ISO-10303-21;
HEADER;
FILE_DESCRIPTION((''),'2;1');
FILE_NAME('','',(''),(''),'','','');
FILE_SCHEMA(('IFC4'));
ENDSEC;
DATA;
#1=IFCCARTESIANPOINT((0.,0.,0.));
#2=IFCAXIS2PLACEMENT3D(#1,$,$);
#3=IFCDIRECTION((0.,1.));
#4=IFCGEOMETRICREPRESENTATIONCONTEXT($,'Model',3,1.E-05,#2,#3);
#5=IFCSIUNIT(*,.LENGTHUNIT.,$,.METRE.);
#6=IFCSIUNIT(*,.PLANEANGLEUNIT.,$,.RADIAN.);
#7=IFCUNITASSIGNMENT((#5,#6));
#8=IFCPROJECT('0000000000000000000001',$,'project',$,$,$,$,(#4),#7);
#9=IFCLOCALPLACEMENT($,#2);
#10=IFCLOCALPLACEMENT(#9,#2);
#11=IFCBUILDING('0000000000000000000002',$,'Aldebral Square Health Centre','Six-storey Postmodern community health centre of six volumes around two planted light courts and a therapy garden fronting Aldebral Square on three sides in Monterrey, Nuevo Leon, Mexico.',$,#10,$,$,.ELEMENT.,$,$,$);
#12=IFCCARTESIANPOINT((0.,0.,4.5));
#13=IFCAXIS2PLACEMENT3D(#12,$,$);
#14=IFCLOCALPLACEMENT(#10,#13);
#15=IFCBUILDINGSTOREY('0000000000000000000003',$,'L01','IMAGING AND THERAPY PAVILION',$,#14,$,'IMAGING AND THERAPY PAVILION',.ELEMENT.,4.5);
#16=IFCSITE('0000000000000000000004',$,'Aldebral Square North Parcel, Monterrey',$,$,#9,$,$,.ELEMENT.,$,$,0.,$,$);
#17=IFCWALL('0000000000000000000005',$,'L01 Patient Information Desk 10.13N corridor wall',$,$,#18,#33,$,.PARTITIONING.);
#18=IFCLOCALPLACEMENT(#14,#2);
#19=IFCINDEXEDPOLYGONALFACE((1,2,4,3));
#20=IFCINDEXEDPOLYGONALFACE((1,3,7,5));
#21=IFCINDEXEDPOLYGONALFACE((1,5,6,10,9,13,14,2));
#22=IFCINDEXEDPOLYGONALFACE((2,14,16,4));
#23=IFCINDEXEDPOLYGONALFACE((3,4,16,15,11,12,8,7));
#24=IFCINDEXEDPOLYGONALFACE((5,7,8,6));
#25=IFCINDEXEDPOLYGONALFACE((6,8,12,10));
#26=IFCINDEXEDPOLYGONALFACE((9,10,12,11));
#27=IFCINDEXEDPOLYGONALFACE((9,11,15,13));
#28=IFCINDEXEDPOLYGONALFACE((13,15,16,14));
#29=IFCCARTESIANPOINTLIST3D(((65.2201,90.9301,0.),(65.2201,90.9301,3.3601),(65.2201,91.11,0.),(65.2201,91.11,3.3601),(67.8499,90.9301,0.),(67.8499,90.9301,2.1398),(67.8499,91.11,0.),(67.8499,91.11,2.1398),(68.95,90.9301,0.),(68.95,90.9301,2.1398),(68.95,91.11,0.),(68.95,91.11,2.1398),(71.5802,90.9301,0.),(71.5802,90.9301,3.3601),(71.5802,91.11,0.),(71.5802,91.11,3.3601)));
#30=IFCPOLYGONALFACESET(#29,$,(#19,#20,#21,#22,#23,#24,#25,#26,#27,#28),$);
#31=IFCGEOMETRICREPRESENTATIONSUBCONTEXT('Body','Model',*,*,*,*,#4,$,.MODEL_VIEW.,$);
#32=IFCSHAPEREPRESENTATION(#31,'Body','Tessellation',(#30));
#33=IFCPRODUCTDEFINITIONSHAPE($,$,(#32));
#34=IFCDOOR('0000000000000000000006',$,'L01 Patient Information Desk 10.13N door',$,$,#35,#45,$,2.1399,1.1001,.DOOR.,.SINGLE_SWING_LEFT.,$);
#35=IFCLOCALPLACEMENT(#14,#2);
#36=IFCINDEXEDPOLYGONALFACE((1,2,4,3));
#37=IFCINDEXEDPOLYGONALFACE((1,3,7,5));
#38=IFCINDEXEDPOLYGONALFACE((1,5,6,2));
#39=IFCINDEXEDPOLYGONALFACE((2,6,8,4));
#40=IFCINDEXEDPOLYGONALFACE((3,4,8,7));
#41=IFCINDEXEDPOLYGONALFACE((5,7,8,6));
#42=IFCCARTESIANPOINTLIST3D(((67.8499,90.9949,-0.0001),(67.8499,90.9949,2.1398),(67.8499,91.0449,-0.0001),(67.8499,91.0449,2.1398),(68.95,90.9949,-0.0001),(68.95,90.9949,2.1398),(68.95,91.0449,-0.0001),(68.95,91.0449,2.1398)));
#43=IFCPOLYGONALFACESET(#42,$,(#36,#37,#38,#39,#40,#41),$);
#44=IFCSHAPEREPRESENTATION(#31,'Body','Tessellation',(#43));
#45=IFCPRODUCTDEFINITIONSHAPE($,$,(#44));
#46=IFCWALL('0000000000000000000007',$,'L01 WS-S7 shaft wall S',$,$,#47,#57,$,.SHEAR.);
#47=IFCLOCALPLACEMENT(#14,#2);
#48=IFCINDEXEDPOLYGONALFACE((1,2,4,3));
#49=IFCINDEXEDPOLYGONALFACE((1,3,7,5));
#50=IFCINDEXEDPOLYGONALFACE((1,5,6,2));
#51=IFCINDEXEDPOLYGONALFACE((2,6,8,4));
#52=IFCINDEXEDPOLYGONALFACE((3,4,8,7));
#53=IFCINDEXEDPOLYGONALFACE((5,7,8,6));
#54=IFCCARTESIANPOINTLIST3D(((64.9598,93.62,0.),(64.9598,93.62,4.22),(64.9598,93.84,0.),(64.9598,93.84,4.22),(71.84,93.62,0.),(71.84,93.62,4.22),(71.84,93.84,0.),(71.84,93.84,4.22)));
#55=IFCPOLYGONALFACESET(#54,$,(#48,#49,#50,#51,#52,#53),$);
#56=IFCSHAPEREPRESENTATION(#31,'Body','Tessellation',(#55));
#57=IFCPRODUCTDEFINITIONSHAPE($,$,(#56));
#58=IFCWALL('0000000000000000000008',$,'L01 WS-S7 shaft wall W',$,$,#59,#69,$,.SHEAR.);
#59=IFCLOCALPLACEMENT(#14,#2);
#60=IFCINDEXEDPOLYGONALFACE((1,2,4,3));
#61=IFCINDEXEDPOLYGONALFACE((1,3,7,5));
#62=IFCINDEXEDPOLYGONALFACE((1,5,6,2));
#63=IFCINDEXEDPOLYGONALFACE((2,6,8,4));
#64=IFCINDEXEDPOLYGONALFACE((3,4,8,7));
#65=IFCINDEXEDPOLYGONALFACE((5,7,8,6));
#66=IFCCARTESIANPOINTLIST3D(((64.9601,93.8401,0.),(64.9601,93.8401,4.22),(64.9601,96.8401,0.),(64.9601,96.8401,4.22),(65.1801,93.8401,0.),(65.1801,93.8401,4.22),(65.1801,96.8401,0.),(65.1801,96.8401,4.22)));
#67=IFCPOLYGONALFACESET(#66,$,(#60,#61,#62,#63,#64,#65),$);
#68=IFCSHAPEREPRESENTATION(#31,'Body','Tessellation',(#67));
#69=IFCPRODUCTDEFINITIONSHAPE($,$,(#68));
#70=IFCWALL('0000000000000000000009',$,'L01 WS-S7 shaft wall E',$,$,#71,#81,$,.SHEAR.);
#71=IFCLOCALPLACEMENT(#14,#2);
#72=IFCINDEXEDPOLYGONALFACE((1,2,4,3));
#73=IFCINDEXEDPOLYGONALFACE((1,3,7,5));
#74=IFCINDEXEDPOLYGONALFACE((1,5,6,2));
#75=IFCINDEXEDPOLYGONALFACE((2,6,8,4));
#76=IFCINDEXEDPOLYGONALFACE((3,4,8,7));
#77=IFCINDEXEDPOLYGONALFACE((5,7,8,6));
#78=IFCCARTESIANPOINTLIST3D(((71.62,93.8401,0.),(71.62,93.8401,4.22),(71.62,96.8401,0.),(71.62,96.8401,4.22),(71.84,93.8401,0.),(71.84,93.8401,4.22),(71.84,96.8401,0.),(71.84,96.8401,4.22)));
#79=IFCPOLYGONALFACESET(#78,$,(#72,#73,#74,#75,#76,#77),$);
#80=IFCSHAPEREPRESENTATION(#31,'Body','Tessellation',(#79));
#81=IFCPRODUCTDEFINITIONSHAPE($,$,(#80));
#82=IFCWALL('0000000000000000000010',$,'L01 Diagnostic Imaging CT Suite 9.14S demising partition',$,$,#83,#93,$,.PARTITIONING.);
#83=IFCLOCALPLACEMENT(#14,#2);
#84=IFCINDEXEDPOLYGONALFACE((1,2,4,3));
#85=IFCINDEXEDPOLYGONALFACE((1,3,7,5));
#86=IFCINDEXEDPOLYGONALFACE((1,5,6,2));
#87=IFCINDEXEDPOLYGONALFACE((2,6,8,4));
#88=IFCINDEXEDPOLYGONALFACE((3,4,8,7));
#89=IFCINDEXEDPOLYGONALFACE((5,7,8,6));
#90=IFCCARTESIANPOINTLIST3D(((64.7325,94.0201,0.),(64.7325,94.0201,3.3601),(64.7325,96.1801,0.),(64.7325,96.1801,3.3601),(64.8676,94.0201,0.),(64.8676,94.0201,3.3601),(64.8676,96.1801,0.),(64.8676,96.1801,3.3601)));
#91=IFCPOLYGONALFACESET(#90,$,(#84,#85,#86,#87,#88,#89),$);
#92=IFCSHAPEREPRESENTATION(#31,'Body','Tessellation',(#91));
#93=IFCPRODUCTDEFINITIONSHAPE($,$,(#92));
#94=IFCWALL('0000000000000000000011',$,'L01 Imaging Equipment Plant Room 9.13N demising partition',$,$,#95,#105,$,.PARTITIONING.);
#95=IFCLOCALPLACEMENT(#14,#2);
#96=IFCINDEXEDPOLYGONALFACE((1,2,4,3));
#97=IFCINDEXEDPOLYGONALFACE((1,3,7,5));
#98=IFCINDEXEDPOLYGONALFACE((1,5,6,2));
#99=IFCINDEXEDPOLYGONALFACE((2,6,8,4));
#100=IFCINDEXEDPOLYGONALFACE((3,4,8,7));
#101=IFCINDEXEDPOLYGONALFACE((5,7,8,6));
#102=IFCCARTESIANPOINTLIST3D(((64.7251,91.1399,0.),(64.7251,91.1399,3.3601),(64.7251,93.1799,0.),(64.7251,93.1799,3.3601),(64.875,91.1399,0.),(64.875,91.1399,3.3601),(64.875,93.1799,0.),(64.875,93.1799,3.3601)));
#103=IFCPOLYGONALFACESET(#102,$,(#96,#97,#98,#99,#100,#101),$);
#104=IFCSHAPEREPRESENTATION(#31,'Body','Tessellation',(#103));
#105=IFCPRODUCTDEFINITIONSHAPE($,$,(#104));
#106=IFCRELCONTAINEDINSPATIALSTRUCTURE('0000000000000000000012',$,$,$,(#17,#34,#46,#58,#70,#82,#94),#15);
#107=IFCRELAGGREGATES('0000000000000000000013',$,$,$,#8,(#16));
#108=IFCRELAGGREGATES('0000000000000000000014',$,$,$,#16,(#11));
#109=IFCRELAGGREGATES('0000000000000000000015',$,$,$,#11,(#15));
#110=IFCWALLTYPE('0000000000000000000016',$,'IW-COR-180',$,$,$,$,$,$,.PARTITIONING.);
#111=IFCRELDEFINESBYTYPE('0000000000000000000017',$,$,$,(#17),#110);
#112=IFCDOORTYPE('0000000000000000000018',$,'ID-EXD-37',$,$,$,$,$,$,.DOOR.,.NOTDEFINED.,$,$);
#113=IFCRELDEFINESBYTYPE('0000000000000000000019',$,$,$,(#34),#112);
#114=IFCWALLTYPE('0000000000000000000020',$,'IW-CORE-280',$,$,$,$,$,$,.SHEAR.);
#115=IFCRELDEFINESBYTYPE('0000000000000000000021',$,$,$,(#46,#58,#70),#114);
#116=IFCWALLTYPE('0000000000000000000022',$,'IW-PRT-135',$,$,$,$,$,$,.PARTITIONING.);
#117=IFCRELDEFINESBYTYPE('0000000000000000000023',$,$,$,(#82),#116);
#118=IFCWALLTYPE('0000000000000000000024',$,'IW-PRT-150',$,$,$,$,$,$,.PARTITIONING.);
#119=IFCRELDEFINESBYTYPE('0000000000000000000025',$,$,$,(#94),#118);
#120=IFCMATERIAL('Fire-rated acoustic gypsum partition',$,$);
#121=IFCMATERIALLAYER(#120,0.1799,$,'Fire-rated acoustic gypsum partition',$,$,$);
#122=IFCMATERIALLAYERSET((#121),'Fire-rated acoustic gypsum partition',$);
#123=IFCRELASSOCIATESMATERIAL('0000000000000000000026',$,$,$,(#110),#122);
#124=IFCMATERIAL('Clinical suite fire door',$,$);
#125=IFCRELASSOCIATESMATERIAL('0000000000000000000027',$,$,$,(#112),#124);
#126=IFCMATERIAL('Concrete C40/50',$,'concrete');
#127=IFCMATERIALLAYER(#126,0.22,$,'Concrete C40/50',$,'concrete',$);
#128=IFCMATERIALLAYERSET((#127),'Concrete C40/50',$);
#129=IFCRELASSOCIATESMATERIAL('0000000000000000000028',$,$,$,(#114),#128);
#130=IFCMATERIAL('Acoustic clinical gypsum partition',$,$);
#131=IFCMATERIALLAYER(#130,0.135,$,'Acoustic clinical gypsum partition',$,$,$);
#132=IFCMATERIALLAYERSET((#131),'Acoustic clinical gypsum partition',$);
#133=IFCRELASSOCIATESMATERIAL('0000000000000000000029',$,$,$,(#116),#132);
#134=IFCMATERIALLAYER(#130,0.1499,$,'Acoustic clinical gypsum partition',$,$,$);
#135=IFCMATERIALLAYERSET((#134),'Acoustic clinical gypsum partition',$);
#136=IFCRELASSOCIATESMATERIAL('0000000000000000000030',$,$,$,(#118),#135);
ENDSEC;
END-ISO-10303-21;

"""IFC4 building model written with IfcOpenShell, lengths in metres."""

from ifc_helpers import new_model, si_unit, direction, frame, frame_2d, origin, place, context, subcontext, project, spatial, rectangle, extrude, material, layer, layer_set, type_object, element, fill, save


model = new_model("IFC4")

# Units and contexts
model_context = context("Model", 3, precision=1e-05, world=origin(), true_north=direction((0.0, 1.0)))
body_context = subcontext(model_context, "Body", "Model", "MODEL_VIEW")
ifc_project = project(units=[si_unit("LENGTHUNIT", "METRE"), si_unit("PLANEANGLEUNIT", "RADIAN")], contexts=[model_context])

# Site, building, storey
site_placement = place(None, origin())
site = spatial("IfcSite", under=ifc_project, at=site_placement, Name="Aldebral Square North Parcel, Monterrey", CompositionType="ELEMENT", RefElevation=0.0)
building_placement = place(site_placement, origin())
building = spatial("IfcBuilding", under=site, at=building_placement, Name="Aldebral Square Health Centre", Description="Six-storey Postmodern community health centre of six volumes around two planted light courts and a therapy garden fronting Aldebral Square on three sides in Monterrey, Nuevo Leon, Mexico.", CompositionType="ELEMENT")
storey_placement = place(building_placement, frame((0.0, 0.0, 4.5)))
storey = spatial("IfcBuildingStorey", under=building, at=storey_placement, Name="L01", Description="IMAGING AND THERAPY PAVILION", LongName="IMAGING AND THERAPY PAVILION", CompositionType="ELEMENT", Elevation=4.5)

# Shared definitions
ifc_material_1 = material(Name="Concrete C40/50", Category="concrete")

# Wall, opening, door
ifc_material_2 = material(Name="Fire-rated acoustic gypsum partition")
ifc_layer_1 = layer(ifc_material_2, 0.1799, Name="Fire-rated acoustic gypsum partition")
ifc_layer_set_1 = layer_set([ifc_layer_1], Name="Fire-rated acoustic gypsum partition")
wall_type_1 = type_object("IfcWallType", Name="IW-COR-180", PredefinedType="PARTITIONING", material=ifc_layer_set_1)
ifc_material_3 = material(Name="Clinical suite fire door")
wall_1_placement = place(storey_placement, frame((65.22, 91.02, 0.0), z_axis=(0.0, 0.0, 1.0), x_axis=(1.0, 0.0, 0.0)))
wall_1 = element("IfcWall", 1, at=wall_1_placement, inside=storey, type_object=wall_type_1, Name="L01 Patient Information Desk 10.13N corridor wall", PredefinedType="PARTITIONING", context=body_context, shape_type="SweptSolid", body=[
    extrude(rectangle(XDim=6.3601, YDim=0.1799, at=frame_2d((3.1802, 0.0))), origin(), (0.0, 0.0, 1.0), 3.3601),
])
opening_1_placement = place(wall_1_placement, frame((2.6299, 0.0, 0.0)))
opening_1 = element("IfcOpeningElement", 2, at=opening_1_placement, cuts=wall_1, PredefinedType="OPENING", context=body_context, shape_type="SweptSolid", body=[
    extrude(rectangle(XDim=1.1001, YDim=2.1399, at=frame_2d((0.55, 1.0698))), frame((0.0, 0.1001, 0.0), z_axis=(0.0, -1.0, 0.0), x_axis=(1.0, 0.0, 0.0)), (0.0, 0.0, 1.0), 0.2),
])
door_type_1 = type_object("IfcDoorType", Name="ID-EXD-37", OperationType="NOTDEFINED", PredefinedType="DOOR", material=ifc_material_3)
door_1_placement = place(opening_1_placement, origin())
door_1 = element("IfcDoor", 3, at=door_1_placement, inside=storey, type_object=door_type_1, Name="L01 Patient Information Desk 10.13N door", OperationType="SINGLE_SWING_LEFT", OverallHeight=2.1399, OverallWidth=1.1001, PredefinedType="DOOR", context=body_context, shape_type="SweptSolid", body=[
    extrude(rectangle(XDim=1.1001, YDim=2.1399, at=frame_2d((0.55, 1.0698))), frame((0.0, 0.0249, 0.0), z_axis=(0.0, -1.0, 0.0), x_axis=(1.0, 0.0, 0.0)), (0.0, 0.0, 1.0), 0.05),
])
fill(opening_1, door_1)

# Walls
ifc_layer_2 = layer(ifc_material_1, 0.22, Name="Concrete C40/50", Category="concrete")
ifc_layer_set_2 = layer_set([ifc_layer_2], Name="Concrete C40/50")
wall_type_2 = type_object("IfcWallType", Name="IW-CORE-280", PredefinedType="SHEAR", material=ifc_layer_set_2)
wall_2_placement = place(storey_placement, frame((64.96, 93.73, 0.0), z_axis=(0.0, 0.0, 1.0), x_axis=(1.0, 0.0, 0.0)))
element("IfcWall", 4, at=wall_2_placement, inside=storey, type_object=wall_type_2, Name="L01 WS-S7 shaft wall S", PredefinedType="SHEAR", context=body_context, shape_type="SweptSolid", body=[
    extrude(rectangle(XDim=6.8801, YDim=0.22, at=frame_2d((3.4399, 0.0))), origin(), (0.0, 0.0, 1.0), 4.22),
])
for number, where, z_axis, x_axis, name in (
    (5, (65.0701, 93.8401, 0.0), (0.0, 0.0, 1.0), (0.0, 1.0, 0.0), "L01 WS-S7 shaft wall W"),
    (6, (71.73, 93.8401, 0.0), (0.0, 0.0, 1.0), (0.0, 1.0, 0.0), "L01 WS-S7 shaft wall E"),
):
    element("IfcWall", number, at=place(storey_placement, frame(where, z_axis=z_axis, x_axis=x_axis)), inside=storey, type_object=wall_type_2, Name=name, PredefinedType="SHEAR", context=body_context, shape_type="SweptSolid", body=[
        extrude(rectangle(XDim=3.0, YDim=0.22, at=frame_2d((1.5, 0.0))), origin(), (0.0, 0.0, 1.0), 4.22),
    ])
ifc_material_4 = material(Name="Acoustic clinical gypsum partition")
ifc_layer_3 = layer(ifc_material_4, 0.135, Name="Acoustic clinical gypsum partition")
ifc_layer_set_3 = layer_set([ifc_layer_3], Name="Acoustic clinical gypsum partition")
wall_type_3 = type_object("IfcWallType", Name="IW-PRT-135", PredefinedType="PARTITIONING", material=ifc_layer_set_3)
wall_3_placement = place(storey_placement, frame((64.8, 94.02, 0.0), z_axis=(0.0, 0.0, 1.0), x_axis=(0.0, 1.0, 0.0)))
element("IfcWall", 7, at=wall_3_placement, inside=storey, type_object=wall_type_3, Name="L01 Diagnostic Imaging CT Suite 9.14S demising partition", PredefinedType="PARTITIONING", context=body_context, shape_type="SweptSolid", body=[
    extrude(rectangle(XDim=2.1599, YDim=0.135, at=frame_2d((1.0801, 0.0))), origin(), (0.0, 0.0, 1.0), 3.3601),
])
ifc_layer_4 = layer(ifc_material_4, 0.1499, Name="Acoustic clinical gypsum partition")
ifc_layer_set_4 = layer_set([ifc_layer_4], Name="Acoustic clinical gypsum partition")
wall_type_4 = type_object("IfcWallType", Name="IW-PRT-150", PredefinedType="PARTITIONING", material=ifc_layer_set_4)
wall_4_placement = place(storey_placement, frame((64.8, 91.1399, 0.0), z_axis=(0.0, 0.0, 1.0), x_axis=(0.0, 1.0, 0.0)))
element("IfcWall", 8, at=wall_4_placement, inside=storey, type_object=wall_type_4, Name="L01 Imaging Equipment Plant Room 9.13N demising partition", PredefinedType="PARTITIONING", context=body_context, shape_type="SweptSolid", body=[
    extrude(rectangle(XDim=2.04, YDim=0.1499, at=frame_2d((1.02, 0.0))), origin(), (0.0, 0.0, 1.0), 3.3601),
])

save(model, "model.ifc")
